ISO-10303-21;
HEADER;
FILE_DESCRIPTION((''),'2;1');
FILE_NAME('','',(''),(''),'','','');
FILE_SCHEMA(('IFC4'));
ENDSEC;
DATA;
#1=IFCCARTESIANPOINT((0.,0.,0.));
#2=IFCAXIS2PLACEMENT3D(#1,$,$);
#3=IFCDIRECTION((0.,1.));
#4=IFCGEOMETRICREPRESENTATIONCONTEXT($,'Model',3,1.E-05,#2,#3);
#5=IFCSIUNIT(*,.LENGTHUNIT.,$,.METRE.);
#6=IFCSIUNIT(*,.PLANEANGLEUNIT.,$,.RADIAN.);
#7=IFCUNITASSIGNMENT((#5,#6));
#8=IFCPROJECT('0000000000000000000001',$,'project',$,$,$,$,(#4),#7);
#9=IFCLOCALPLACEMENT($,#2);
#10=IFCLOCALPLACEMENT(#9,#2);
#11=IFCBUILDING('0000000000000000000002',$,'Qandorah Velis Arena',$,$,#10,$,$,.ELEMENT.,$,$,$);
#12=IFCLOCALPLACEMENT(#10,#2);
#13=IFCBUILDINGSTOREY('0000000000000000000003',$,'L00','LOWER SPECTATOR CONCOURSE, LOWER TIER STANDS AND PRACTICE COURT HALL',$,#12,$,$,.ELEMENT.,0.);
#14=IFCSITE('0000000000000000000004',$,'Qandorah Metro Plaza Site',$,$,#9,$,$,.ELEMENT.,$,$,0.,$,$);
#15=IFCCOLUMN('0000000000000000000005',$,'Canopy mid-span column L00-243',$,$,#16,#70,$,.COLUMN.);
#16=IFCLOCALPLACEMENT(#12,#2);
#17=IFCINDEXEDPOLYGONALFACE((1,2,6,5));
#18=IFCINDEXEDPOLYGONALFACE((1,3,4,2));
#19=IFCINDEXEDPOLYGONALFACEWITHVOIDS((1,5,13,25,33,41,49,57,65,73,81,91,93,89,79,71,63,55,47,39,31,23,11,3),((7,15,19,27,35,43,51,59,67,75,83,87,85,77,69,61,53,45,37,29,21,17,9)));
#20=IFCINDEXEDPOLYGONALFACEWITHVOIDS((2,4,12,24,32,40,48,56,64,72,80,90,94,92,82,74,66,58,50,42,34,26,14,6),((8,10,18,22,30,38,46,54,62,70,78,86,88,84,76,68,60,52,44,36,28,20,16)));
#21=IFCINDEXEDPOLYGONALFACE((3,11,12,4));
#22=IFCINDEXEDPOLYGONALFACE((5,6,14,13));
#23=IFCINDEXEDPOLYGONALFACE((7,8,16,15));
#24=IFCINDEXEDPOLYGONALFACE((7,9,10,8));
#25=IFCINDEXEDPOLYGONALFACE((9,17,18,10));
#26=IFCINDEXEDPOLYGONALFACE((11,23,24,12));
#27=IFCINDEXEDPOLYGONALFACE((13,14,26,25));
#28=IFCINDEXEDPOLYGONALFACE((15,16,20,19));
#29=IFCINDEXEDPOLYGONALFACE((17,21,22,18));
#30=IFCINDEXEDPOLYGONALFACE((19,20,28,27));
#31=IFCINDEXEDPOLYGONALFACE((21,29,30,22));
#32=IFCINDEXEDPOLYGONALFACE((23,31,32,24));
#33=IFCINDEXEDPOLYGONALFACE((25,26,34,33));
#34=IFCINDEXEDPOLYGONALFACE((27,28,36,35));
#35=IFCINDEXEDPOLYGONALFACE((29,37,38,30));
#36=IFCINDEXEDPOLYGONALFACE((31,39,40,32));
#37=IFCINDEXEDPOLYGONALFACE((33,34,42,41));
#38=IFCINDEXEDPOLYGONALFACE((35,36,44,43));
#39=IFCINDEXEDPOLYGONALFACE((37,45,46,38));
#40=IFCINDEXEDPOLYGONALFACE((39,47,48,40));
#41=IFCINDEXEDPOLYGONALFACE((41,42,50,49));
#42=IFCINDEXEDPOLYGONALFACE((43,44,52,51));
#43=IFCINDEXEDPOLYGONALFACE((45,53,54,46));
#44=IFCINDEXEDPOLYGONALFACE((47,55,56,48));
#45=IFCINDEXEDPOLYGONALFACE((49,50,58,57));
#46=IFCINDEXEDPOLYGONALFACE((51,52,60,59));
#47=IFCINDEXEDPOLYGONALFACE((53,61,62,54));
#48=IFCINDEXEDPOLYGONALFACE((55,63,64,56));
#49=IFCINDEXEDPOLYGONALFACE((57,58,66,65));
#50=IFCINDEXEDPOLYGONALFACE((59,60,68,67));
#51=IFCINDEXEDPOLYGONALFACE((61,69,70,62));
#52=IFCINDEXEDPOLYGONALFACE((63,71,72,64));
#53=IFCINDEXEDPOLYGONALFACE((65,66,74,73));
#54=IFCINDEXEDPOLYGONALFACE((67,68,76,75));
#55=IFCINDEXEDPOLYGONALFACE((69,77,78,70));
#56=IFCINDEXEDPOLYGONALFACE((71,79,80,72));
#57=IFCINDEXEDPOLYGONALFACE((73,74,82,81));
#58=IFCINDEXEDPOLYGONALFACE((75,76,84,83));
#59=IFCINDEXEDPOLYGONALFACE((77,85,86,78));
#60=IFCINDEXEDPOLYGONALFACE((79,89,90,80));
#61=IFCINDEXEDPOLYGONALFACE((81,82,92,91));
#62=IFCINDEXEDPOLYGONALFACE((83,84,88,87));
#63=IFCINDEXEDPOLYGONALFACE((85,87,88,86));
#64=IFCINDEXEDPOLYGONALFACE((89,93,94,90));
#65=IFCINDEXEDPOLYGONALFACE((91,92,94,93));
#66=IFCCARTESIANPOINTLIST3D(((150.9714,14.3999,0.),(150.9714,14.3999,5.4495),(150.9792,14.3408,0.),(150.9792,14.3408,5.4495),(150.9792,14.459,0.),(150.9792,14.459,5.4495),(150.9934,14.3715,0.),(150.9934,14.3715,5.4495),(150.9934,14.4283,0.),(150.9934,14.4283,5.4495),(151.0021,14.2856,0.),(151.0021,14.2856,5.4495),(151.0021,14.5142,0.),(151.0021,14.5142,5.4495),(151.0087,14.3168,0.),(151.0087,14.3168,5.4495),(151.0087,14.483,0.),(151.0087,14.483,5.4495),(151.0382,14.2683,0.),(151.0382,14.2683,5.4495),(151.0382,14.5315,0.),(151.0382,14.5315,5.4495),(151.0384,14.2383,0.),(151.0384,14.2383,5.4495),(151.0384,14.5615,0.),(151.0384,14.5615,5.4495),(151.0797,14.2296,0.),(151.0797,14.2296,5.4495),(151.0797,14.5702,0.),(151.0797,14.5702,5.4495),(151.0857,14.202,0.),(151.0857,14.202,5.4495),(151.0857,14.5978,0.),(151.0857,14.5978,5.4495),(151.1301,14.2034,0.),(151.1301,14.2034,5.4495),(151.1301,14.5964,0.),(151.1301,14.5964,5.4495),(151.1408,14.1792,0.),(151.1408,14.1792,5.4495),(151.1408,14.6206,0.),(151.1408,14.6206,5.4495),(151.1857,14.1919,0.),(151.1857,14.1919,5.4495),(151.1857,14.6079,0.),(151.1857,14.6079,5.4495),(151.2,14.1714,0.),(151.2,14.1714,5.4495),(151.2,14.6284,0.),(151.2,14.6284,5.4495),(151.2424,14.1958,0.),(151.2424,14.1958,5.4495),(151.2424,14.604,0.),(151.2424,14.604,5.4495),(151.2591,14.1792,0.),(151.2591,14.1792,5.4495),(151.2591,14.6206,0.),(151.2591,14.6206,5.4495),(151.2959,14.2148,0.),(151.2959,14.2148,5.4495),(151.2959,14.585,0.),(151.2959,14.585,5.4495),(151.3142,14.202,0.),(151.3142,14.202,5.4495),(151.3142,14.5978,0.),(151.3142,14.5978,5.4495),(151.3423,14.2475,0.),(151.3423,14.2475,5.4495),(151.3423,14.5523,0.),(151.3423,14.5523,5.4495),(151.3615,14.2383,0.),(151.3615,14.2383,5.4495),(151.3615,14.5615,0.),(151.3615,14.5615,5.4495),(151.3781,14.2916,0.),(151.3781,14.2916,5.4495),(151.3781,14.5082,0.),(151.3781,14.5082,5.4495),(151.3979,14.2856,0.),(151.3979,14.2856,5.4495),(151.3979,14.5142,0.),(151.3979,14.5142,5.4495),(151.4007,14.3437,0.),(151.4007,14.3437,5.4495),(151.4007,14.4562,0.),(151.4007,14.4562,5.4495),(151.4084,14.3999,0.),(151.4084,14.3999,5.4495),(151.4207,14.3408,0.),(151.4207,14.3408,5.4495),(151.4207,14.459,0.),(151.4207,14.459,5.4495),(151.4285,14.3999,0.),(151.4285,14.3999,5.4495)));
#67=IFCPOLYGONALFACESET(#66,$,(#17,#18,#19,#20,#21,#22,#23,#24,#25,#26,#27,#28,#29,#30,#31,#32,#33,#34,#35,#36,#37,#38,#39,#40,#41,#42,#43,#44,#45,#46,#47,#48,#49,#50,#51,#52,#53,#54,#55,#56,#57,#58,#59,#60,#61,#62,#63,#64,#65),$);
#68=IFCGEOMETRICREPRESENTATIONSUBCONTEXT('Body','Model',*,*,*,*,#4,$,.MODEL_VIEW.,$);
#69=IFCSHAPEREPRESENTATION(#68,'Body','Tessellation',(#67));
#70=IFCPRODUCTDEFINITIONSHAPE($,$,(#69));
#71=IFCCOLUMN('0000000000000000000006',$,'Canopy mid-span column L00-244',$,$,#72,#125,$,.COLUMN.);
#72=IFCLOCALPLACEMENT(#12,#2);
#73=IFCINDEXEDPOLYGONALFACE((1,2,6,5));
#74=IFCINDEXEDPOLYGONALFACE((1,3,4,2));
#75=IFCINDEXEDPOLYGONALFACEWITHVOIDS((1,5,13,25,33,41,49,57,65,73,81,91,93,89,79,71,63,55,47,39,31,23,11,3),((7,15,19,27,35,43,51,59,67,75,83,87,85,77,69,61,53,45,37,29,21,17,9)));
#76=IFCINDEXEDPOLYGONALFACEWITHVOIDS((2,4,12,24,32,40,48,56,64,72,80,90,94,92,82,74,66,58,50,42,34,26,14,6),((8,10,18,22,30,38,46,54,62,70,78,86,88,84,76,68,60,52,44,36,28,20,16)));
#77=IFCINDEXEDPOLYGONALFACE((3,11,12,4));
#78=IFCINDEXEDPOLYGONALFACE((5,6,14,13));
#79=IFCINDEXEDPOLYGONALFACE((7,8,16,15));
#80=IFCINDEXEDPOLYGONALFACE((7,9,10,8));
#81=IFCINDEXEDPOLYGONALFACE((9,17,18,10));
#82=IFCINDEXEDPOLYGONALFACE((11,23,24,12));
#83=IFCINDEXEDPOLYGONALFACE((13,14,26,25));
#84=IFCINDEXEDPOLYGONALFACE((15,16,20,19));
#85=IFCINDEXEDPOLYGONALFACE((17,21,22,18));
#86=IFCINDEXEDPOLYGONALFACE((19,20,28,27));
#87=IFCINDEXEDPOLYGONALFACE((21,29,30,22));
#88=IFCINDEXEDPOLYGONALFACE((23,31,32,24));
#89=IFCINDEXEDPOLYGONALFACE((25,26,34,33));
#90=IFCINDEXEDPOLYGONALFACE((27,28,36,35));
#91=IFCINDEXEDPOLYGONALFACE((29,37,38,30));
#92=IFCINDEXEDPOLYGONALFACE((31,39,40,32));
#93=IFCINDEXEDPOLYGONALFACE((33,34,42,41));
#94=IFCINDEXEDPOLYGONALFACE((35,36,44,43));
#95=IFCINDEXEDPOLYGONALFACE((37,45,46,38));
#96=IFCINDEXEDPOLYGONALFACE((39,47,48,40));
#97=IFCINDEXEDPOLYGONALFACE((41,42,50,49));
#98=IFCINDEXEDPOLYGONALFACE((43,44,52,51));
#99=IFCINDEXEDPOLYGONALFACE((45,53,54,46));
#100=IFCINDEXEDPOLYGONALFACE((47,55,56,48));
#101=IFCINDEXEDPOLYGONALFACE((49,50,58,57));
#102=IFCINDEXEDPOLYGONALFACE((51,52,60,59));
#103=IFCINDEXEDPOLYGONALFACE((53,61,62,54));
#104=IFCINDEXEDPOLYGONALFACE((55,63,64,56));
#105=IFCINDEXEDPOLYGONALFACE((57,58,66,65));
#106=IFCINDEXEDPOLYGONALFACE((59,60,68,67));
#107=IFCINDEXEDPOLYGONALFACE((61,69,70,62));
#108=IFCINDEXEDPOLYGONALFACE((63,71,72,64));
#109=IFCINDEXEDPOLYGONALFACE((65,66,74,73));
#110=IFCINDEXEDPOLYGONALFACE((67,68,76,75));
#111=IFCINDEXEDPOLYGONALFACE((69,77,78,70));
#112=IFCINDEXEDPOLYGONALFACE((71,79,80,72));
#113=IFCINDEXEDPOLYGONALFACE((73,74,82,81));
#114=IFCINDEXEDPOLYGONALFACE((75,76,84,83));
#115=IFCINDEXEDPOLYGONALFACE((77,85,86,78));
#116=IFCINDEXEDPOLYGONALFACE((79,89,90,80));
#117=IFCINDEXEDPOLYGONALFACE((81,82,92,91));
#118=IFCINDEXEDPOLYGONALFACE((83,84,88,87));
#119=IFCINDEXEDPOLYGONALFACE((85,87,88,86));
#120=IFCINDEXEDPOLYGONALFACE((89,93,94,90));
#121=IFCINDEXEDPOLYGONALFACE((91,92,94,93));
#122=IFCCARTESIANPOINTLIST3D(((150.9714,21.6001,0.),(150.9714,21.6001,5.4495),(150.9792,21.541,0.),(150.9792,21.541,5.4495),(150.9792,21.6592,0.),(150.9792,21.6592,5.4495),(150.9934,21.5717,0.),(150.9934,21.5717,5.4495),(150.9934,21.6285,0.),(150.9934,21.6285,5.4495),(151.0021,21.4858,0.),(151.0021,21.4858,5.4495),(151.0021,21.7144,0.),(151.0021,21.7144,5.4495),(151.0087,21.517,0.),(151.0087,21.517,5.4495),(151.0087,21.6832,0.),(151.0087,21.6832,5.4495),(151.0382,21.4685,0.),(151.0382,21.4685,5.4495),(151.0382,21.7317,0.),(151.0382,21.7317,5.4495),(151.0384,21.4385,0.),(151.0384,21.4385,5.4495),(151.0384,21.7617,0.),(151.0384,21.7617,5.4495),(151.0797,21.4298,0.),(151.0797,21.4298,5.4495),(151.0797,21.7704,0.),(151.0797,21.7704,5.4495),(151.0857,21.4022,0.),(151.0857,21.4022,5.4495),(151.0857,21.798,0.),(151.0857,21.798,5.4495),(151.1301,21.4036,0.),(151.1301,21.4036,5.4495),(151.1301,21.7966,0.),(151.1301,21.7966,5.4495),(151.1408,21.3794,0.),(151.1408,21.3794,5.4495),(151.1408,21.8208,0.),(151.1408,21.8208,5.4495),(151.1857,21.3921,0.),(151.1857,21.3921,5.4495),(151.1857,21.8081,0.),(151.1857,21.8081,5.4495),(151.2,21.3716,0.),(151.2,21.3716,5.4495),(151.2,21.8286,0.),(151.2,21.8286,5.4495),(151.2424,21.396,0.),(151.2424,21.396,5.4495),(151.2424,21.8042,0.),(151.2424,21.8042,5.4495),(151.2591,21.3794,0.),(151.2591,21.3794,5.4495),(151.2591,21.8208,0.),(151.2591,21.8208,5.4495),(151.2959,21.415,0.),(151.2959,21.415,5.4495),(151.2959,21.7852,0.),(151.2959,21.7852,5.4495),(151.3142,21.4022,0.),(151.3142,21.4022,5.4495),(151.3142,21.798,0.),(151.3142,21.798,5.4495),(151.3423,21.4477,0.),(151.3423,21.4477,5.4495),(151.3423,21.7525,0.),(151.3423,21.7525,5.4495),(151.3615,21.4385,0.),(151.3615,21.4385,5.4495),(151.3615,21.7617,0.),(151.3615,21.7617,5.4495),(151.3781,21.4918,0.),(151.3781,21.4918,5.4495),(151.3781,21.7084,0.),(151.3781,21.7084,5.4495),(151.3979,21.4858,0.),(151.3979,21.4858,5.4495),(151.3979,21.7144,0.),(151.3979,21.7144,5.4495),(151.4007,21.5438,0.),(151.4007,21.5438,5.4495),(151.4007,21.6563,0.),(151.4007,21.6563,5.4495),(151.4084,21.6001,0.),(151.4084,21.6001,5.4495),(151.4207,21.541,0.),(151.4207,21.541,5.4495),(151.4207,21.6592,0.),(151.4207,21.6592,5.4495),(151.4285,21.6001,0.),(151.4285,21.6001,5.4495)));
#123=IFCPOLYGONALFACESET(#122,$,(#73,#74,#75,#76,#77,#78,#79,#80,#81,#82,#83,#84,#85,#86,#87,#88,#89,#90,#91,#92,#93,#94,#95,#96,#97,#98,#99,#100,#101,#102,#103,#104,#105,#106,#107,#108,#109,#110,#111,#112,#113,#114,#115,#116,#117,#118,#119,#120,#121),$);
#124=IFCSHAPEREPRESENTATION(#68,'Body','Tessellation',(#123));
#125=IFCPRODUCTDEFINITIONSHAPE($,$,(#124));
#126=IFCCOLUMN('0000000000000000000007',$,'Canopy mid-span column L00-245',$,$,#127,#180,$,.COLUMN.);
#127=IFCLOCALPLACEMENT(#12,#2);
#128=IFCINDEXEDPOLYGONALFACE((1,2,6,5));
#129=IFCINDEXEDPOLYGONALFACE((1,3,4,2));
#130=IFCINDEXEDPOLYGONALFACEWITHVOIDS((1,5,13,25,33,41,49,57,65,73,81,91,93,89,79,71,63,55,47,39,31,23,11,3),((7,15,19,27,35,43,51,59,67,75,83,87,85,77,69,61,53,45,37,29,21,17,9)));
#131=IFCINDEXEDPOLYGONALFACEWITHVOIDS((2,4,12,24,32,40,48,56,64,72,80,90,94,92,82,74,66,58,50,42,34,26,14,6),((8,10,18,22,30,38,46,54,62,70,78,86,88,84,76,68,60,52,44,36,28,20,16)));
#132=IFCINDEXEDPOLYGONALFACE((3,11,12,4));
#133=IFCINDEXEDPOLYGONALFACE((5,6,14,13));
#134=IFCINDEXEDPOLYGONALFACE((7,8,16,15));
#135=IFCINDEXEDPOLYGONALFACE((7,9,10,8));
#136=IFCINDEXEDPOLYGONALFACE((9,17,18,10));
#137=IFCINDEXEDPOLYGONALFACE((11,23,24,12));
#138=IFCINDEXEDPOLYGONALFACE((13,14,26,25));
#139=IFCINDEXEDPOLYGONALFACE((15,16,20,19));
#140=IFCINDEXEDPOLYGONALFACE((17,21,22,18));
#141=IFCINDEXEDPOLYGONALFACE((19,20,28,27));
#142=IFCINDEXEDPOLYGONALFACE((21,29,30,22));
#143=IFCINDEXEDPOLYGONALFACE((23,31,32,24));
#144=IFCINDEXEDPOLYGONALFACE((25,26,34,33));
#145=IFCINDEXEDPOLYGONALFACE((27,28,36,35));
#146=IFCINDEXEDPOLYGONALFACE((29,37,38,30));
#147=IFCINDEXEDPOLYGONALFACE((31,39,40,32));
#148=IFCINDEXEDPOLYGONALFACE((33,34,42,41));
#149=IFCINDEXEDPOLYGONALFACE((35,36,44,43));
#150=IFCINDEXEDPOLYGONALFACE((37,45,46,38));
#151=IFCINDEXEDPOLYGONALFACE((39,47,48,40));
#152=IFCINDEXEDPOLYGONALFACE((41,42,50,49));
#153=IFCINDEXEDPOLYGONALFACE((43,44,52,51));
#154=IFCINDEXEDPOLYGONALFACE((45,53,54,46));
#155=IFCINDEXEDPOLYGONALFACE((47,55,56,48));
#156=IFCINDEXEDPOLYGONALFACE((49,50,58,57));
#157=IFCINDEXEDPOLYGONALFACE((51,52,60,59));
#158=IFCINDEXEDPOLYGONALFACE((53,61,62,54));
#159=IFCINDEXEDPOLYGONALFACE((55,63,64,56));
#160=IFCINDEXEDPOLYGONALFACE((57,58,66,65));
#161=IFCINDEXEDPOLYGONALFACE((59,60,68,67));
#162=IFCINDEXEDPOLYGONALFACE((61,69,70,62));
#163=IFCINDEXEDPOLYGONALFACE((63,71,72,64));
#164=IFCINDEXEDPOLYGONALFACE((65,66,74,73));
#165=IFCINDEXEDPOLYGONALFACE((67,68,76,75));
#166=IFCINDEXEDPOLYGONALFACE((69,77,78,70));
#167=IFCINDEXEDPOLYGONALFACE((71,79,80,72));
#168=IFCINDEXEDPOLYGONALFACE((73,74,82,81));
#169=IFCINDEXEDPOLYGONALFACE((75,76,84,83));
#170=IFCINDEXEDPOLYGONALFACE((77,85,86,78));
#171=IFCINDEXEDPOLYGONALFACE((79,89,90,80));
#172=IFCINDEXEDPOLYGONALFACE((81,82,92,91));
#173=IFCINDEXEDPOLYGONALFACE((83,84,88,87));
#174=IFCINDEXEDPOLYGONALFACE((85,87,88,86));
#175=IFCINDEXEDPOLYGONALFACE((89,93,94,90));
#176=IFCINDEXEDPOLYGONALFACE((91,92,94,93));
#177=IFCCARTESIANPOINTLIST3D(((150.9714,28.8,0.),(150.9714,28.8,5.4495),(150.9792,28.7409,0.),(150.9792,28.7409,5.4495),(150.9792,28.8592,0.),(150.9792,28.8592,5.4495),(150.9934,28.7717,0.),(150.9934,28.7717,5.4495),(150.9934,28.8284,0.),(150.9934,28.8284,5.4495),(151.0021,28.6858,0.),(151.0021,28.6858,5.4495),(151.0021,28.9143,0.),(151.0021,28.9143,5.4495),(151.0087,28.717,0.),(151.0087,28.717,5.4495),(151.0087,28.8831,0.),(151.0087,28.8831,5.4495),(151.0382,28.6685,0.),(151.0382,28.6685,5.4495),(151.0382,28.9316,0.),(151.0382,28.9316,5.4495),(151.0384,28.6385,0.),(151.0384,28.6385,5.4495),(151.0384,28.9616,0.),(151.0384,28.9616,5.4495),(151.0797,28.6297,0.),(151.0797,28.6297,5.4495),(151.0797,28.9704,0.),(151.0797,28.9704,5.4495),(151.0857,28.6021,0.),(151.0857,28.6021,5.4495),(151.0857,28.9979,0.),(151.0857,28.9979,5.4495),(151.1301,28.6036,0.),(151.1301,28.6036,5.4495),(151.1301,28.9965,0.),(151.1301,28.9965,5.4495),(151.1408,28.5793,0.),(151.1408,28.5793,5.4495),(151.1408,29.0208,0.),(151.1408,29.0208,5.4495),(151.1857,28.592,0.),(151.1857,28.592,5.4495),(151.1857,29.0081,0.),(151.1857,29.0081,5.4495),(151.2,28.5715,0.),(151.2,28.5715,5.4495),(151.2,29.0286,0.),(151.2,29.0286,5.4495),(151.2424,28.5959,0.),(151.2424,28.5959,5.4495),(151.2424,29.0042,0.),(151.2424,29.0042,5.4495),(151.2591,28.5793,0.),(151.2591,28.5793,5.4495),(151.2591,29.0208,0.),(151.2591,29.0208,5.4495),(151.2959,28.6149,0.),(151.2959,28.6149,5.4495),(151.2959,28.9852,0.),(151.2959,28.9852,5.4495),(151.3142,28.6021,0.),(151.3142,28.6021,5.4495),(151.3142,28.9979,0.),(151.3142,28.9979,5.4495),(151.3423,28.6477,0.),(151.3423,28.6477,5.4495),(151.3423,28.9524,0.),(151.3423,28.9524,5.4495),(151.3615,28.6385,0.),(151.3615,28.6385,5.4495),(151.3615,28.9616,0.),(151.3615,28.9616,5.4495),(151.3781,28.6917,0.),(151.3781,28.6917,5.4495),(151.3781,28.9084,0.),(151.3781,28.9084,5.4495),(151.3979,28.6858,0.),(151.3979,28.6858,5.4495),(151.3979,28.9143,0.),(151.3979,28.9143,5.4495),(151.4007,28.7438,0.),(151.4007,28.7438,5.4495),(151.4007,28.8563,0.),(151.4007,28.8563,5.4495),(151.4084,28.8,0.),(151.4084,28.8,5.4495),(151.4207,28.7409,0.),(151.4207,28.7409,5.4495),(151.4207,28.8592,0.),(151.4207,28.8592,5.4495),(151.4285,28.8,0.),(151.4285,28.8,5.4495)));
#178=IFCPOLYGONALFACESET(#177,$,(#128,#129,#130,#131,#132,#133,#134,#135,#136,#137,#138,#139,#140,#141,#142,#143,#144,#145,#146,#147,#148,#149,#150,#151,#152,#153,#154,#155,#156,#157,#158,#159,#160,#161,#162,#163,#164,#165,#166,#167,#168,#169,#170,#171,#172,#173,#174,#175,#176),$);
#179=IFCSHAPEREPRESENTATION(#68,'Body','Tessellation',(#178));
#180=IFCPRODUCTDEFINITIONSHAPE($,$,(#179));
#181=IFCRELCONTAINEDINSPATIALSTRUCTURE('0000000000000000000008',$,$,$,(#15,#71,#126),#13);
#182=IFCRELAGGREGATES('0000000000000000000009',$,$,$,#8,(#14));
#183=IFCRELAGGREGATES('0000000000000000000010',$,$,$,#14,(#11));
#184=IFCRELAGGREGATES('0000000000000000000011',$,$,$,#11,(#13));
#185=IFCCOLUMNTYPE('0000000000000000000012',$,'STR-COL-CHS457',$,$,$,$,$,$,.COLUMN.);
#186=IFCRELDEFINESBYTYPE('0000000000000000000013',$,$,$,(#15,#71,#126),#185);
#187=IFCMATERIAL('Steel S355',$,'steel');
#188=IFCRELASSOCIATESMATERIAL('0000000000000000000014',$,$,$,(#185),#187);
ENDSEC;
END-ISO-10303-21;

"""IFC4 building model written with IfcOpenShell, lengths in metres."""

from ifc_helpers import new_model, si_unit, direction, frame, origin, origin_2d, place, context, subcontext, project, spatial, hollow_circle, extrude, material, material_profile, profile_set, type_object, element, save


model = new_model("IFC4")

# Units and contexts
model_context = context("Model", 3, precision=1e-05, world=origin(), true_north=direction((0.0, 1.0)))
body_context = subcontext(model_context, "Body", "Model", "MODEL_VIEW")
ifc_project = project(units=[si_unit("LENGTHUNIT", "METRE"), si_unit("PLANEANGLEUNIT", "RADIAN")], contexts=[model_context])

# Site, building, storey
site_placement = place(None, origin())
site = spatial("IfcSite", under=ifc_project, at=site_placement, Name="Qandorah Metro Plaza Site", CompositionType="ELEMENT", RefElevation=0.0)
building_placement = place(site_placement, origin())
building = spatial("IfcBuilding", under=site, at=building_placement, Name="Qandorah Velis Arena", CompositionType="ELEMENT")
storey_placement = place(building_placement, origin())
storey = spatial("IfcBuildingStorey", under=building, at=storey_placement, Name="L00", Description="LOWER SPECTATOR CONCOURSE, LOWER TIER STANDS AND PRACTICE COURT HALL", CompositionType="ELEMENT", Elevation=0.0)

# Columns
ifc_material_1 = material(Name="Steel S355", Category="steel")
ifc_material_profile_1 = material_profile(ifc_material_1, hollow_circle(Radius=0.2285, WallThickness=0.02, at=origin_2d()), Name="CHS 457x20")
ifc_profile_set_1 = profile_set([ifc_material_profile_1], Name="Steel S355")
column_type_1 = type_object("IfcColumnType", Name="STR-COL-CHS457", PredefinedType="COLUMN", material=ifc_profile_set_1)
for number, where, z_axis, x_axis, name in (
    (1, (151.2, 14.3999, 0.0), (0.0, 0.0, 1.0), (1.0, 0.0, 0.0), "Canopy mid-span column L00-243"),
    (2, (151.2, 21.6001, 0.0), (0.0, 0.0, 1.0), (1.0, 0.0, 0.0), "Canopy mid-span column L00-244"),
    (3, (151.2, 28.8, 0.0), (0.0, 0.0, 1.0), (1.0, 0.0, 0.0), "Canopy mid-span column L00-245"),
):
    element("IfcColumn", number, at=place(storey_placement, frame(where, z_axis=z_axis, x_axis=x_axis)), inside=storey, type_object=column_type_1, Name=name, PredefinedType="COLUMN", context=body_context, shape_type="SweptSolid", body=[
        extrude(hollow_circle(Radius=0.2285, WallThickness=0.02, at=origin_2d()), origin(), (0.0, 0.0, 1.0), 5.4495),
    ])

save(model, "model.ifc")
